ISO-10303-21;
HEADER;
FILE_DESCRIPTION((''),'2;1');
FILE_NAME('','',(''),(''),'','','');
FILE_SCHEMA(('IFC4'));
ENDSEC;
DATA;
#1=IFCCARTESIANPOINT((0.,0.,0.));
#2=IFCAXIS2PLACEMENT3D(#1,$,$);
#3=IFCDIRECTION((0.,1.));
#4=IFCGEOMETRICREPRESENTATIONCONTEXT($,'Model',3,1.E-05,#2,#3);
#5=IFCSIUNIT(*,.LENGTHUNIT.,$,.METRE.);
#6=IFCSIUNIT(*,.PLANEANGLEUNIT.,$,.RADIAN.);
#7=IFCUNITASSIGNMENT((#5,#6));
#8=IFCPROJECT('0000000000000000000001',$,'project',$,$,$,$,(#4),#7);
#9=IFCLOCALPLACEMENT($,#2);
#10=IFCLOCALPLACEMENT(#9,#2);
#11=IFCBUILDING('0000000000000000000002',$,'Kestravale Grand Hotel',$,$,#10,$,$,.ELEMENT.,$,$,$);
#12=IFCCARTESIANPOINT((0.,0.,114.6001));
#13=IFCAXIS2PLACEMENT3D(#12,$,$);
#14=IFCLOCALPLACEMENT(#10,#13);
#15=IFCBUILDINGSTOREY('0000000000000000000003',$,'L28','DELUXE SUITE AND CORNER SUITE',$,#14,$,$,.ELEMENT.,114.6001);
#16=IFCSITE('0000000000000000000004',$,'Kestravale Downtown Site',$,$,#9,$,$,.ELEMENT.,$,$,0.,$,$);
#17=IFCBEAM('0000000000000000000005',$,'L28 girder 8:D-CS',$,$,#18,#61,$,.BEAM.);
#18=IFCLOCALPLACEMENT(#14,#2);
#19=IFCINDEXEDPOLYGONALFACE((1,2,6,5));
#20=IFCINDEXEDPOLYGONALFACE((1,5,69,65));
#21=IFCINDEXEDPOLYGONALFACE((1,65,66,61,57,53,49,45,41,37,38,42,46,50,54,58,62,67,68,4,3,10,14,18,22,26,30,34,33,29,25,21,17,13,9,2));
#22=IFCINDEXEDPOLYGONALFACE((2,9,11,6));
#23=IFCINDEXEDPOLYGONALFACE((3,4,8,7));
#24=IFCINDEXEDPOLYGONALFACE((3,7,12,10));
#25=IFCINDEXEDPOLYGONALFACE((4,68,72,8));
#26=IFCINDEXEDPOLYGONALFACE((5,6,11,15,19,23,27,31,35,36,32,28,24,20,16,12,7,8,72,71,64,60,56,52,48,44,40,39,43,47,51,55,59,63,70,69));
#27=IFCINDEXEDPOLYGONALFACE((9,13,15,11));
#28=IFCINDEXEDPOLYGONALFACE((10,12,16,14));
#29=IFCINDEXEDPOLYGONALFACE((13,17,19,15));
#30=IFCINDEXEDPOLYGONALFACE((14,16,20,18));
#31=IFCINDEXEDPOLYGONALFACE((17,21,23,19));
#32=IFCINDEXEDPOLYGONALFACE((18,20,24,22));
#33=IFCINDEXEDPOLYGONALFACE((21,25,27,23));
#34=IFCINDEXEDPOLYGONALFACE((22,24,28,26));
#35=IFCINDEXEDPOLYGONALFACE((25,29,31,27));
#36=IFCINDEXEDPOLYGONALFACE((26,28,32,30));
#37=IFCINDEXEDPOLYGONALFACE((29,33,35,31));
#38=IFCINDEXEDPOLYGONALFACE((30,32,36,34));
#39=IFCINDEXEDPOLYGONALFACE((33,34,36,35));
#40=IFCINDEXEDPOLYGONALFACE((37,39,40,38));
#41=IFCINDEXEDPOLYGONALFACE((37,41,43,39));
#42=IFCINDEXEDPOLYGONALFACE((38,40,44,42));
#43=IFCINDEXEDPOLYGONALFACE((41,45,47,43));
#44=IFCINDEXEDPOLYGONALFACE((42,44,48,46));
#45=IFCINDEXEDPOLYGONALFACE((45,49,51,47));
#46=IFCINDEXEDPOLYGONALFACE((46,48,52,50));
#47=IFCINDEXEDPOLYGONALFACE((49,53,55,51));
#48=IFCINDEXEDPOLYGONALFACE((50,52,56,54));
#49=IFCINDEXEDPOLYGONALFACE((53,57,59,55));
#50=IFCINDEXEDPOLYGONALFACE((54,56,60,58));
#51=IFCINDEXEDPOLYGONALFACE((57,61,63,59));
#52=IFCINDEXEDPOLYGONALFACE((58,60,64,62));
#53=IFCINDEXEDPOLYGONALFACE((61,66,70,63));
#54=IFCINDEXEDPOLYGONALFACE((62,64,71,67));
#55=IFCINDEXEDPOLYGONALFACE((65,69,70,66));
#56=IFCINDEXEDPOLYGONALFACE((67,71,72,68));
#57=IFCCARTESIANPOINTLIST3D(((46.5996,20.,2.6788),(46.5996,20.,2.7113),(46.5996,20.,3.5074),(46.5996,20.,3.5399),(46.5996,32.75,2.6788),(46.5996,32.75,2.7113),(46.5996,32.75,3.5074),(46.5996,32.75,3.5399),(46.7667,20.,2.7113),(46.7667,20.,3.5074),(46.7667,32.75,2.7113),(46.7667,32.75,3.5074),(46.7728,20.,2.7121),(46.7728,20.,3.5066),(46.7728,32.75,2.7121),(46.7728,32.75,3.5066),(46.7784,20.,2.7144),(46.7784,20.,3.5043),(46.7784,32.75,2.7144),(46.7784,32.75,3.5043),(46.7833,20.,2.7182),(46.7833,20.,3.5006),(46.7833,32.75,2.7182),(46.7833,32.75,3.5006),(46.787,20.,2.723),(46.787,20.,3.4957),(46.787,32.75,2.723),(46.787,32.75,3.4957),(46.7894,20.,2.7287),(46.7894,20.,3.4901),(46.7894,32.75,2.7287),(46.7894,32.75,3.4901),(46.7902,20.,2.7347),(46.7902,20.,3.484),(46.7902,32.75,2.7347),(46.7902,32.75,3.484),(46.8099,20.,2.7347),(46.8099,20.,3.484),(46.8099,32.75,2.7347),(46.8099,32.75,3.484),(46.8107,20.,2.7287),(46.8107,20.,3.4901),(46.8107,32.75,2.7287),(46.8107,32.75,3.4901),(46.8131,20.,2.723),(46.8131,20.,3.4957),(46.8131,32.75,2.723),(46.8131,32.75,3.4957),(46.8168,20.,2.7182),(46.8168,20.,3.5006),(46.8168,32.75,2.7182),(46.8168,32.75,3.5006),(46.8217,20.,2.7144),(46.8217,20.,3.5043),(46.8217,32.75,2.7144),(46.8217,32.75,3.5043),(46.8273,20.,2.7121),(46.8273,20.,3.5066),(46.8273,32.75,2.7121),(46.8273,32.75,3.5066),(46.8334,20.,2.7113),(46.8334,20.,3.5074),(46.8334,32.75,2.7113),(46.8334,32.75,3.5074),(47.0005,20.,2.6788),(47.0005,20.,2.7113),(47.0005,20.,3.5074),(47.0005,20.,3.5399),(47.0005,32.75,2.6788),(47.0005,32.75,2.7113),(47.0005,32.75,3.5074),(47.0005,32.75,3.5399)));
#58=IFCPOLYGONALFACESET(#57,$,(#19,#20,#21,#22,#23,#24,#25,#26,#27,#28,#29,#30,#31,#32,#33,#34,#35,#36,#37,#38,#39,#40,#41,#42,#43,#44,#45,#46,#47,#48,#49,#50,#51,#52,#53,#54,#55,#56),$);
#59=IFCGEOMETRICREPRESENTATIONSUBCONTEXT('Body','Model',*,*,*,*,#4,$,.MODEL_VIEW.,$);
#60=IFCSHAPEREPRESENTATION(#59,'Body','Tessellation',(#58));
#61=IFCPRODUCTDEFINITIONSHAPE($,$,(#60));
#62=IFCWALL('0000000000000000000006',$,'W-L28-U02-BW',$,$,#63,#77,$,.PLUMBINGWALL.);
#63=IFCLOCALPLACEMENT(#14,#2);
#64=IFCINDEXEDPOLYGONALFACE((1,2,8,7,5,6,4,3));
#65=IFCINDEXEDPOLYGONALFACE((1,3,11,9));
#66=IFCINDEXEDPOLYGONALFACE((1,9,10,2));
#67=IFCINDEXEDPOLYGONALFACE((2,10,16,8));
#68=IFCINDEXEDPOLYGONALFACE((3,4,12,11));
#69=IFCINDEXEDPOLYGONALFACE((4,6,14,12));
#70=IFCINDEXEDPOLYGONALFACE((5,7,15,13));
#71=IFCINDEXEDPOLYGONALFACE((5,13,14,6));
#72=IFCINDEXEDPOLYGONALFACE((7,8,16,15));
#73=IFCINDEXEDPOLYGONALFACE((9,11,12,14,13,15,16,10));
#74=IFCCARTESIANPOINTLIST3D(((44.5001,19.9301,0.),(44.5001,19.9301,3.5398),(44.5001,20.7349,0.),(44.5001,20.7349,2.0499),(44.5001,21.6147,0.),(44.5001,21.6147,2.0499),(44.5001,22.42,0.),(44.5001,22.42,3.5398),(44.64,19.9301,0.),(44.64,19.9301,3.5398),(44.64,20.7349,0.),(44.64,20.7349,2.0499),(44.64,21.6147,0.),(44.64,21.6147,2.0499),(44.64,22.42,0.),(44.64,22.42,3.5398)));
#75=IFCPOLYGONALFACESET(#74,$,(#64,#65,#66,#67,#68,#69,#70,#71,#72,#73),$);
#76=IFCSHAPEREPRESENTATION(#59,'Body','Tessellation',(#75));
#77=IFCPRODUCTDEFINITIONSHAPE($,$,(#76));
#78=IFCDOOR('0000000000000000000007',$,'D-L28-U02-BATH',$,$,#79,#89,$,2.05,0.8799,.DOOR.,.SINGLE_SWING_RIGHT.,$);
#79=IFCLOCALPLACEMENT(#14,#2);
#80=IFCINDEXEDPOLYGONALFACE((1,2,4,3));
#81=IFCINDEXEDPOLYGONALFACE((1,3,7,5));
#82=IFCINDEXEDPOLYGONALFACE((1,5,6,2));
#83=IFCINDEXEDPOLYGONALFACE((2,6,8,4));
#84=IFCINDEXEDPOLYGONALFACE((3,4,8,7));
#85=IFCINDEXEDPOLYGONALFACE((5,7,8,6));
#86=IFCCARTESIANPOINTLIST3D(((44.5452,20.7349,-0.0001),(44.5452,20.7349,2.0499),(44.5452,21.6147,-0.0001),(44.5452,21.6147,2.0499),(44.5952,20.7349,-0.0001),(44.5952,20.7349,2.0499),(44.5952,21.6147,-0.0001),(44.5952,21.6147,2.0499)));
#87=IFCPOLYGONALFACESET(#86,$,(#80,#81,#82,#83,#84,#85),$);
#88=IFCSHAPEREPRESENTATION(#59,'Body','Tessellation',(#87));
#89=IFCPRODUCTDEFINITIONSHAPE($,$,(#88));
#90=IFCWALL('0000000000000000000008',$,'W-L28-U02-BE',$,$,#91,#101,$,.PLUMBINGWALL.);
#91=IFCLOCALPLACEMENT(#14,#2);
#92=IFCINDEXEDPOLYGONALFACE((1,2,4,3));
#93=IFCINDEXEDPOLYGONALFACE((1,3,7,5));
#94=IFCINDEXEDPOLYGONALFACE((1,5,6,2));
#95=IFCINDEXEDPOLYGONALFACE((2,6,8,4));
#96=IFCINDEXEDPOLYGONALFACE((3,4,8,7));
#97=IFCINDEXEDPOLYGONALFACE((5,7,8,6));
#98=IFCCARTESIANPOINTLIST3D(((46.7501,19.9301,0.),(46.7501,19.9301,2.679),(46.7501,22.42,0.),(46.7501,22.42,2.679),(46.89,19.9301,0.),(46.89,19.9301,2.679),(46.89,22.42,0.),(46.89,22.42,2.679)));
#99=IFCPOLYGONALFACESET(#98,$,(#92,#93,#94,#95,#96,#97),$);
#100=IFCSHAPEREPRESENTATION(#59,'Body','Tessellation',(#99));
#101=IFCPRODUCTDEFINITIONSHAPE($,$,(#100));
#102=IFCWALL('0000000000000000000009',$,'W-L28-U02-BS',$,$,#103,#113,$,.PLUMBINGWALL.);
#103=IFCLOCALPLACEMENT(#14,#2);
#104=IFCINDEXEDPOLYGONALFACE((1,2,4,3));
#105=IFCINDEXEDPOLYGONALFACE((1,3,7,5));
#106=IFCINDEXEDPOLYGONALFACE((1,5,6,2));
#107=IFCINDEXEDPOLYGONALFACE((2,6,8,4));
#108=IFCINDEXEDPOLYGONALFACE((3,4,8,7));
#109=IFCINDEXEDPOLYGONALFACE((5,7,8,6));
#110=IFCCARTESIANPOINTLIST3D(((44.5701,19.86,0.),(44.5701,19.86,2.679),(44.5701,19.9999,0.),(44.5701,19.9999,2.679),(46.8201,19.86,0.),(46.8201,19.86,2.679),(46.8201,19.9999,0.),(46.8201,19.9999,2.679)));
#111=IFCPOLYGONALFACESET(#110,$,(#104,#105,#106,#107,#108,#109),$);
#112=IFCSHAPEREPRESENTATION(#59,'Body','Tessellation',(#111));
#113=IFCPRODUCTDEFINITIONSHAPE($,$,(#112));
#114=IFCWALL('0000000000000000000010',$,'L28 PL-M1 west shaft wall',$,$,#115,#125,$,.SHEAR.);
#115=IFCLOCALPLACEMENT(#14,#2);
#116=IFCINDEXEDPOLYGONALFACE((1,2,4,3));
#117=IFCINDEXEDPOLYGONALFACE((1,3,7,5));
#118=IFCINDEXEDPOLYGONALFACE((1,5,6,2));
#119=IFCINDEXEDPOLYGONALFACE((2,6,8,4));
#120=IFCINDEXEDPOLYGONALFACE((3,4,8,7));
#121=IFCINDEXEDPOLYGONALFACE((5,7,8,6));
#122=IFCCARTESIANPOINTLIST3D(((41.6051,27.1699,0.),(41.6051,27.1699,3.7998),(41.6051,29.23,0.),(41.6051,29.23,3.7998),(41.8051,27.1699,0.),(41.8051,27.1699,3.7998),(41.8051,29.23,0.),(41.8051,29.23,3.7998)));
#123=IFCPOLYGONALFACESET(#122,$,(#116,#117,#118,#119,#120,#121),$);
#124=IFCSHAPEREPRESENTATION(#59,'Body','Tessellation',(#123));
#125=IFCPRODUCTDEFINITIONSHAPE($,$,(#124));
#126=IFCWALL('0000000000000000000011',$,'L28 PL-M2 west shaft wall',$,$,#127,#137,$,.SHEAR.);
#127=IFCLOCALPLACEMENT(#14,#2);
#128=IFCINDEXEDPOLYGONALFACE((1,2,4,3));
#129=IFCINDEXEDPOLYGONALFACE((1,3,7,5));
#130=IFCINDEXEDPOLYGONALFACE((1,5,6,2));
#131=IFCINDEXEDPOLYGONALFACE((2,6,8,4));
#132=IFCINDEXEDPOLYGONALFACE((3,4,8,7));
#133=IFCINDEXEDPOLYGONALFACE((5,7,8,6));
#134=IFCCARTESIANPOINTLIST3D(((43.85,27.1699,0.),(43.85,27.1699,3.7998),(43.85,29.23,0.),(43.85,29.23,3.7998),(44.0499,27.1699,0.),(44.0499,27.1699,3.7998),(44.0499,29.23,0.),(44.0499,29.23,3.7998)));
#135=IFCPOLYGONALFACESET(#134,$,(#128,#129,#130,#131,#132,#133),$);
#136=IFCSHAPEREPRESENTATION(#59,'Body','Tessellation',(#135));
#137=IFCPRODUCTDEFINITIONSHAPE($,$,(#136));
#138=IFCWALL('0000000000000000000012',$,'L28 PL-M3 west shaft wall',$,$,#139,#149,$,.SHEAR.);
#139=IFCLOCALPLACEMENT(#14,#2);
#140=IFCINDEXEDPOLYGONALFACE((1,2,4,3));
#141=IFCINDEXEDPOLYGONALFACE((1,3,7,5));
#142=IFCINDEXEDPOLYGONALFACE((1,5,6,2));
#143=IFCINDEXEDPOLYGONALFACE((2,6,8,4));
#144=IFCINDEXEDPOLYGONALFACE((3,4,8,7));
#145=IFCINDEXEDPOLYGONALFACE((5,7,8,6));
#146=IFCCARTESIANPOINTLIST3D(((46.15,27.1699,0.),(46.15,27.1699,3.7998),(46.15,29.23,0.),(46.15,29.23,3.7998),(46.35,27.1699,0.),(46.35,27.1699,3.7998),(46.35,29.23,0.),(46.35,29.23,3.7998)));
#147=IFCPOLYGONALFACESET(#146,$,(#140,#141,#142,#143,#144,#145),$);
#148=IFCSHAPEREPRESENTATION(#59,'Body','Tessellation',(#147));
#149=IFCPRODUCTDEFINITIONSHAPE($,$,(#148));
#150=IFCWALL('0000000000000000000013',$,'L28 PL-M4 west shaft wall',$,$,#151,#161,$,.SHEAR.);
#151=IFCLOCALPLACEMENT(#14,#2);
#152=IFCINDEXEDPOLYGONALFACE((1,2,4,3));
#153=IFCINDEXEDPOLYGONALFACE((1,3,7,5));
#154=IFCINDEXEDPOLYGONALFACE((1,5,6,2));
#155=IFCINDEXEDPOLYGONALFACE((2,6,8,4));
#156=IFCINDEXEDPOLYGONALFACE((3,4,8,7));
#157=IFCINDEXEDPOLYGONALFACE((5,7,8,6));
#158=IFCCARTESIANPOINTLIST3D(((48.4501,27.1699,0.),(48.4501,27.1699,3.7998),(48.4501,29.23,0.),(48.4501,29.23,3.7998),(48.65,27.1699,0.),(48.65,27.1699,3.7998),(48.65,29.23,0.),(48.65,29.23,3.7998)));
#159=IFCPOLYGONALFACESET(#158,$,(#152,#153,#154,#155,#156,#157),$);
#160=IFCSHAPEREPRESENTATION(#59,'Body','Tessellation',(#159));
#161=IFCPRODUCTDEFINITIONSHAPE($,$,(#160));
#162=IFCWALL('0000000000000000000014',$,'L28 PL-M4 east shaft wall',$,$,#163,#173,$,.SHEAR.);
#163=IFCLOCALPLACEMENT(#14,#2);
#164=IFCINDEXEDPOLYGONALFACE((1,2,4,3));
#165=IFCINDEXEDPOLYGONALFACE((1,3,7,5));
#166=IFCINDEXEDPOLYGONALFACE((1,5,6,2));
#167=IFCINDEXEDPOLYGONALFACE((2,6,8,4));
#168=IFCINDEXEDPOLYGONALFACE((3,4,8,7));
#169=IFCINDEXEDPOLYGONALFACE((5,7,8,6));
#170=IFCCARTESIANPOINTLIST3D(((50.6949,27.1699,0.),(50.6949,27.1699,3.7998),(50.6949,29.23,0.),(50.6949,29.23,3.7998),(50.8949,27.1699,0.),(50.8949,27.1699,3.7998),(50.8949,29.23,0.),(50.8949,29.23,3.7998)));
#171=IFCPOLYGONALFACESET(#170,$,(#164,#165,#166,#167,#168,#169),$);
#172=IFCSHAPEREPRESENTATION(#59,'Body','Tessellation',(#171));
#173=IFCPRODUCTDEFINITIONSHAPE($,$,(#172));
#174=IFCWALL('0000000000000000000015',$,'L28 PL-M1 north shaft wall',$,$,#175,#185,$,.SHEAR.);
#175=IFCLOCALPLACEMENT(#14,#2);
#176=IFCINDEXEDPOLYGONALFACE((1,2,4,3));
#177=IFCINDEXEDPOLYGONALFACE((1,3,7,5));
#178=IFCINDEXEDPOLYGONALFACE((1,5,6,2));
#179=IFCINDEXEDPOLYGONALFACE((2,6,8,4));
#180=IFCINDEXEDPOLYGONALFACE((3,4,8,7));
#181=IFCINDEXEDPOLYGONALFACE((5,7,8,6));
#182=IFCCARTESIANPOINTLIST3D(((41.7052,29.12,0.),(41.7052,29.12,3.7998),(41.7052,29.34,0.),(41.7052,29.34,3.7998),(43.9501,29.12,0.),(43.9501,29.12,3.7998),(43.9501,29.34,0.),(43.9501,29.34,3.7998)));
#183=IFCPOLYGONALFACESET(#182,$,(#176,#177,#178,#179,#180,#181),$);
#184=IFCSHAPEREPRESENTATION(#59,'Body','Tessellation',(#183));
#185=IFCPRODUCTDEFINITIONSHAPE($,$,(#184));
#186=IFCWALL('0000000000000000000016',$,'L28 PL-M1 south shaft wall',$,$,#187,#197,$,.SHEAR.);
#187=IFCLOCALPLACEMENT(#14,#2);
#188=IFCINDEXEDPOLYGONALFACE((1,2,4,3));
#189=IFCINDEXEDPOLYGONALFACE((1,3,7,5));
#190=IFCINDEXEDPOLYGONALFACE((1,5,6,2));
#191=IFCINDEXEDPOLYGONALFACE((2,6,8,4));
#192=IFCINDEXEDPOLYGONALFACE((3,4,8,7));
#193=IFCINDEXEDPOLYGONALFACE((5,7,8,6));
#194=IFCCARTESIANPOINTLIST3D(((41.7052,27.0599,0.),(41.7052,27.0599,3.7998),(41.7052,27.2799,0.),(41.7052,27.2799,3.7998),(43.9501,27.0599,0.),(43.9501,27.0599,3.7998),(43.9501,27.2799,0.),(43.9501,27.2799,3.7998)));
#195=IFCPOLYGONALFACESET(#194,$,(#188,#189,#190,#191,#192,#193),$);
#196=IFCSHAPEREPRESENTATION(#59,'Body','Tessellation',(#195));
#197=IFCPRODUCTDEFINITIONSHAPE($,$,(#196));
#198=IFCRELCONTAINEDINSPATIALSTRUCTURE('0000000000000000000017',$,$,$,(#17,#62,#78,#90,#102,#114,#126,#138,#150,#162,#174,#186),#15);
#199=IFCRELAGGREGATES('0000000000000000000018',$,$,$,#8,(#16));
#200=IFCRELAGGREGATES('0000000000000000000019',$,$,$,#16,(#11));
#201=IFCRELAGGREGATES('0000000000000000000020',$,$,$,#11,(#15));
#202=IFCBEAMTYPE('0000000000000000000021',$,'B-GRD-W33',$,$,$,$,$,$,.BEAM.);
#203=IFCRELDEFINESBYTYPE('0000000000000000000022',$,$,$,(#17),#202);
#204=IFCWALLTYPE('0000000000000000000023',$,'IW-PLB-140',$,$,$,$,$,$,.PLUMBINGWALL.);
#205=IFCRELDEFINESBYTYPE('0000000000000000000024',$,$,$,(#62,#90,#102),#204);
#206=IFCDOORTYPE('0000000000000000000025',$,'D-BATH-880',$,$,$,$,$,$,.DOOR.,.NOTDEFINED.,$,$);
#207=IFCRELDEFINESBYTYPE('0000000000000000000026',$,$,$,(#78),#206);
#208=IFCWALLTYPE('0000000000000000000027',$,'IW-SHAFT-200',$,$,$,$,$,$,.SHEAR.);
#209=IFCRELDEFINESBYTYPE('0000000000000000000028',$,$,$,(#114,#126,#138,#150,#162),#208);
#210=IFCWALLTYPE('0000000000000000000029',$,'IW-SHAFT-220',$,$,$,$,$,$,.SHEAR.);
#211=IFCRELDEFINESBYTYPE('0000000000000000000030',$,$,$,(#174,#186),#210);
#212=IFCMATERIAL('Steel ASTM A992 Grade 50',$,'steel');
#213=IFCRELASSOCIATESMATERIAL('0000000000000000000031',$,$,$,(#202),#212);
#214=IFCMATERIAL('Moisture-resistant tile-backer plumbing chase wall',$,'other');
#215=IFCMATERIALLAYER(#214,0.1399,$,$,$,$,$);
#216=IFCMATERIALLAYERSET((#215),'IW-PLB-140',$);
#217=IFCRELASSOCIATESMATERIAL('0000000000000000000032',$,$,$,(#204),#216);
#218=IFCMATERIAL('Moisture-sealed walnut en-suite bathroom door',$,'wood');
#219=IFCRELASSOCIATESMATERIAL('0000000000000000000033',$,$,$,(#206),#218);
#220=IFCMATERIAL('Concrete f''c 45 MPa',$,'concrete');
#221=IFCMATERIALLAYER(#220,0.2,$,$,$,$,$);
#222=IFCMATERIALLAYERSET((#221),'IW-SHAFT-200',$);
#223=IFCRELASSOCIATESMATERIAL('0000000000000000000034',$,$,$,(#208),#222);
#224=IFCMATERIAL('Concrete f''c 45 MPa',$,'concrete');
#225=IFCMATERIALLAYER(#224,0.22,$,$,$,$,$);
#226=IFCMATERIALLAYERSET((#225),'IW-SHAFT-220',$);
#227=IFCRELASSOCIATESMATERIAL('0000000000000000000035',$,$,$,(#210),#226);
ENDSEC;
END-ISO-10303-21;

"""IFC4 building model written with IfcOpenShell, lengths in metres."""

from ifc_helpers import new_model, si_unit, direction, frame, frame_2d, origin, origin_2d, place, context, subcontext, project, spatial, rectangle, i_section, extrude, material, layer, layer_set, material_profile, profile_set, type_object, element, fill, save


model = new_model("IFC4")

# Units and contexts
model_context = context("Model", 3, precision=1e-05, world=origin(), true_north=direction((0.0, 1.0)))
body_context = subcontext(model_context, "Body", "Model", "MODEL_VIEW")
ifc_project = project(units=[si_unit("LENGTHUNIT", "METRE"), si_unit("PLANEANGLEUNIT", "RADIAN")], contexts=[model_context])

# Site, building, storey
site_placement = place(None, origin())
site = spatial("IfcSite", under=ifc_project, at=site_placement, Name="Kestravale Downtown Site", CompositionType="ELEMENT", RefElevation=0.0)
building_placement = place(site_placement, origin())
building = spatial("IfcBuilding", under=site, at=building_placement, Name="Kestravale Grand Hotel", CompositionType="ELEMENT")
storey_placement = place(building_placement, frame((0.0, 0.0, 114.6001)))
storey = spatial("IfcBuildingStorey", under=building, at=storey_placement, Name="L28", Description="DELUXE SUITE AND CORNER SUITE", CompositionType="ELEMENT", Elevation=114.6001)

# Beam
ifc_material_1 = material(Name="Steel ASTM A992 Grade 50", Category="steel")
ifc_material_profile_1 = material_profile(ifc_material_1, i_section(OverallWidth=0.4009, OverallDepth=0.8611, WebThickness=0.0198, FlangeThickness=0.0325, FilletRadius=0.0234, at=origin_2d()))
ifc_profile_set_1 = profile_set([ifc_material_profile_1], Name="Steel ASTM A992 Grade 50")
beam_type = type_object("IfcBeamType", Name="B-GRD-W33", PredefinedType="BEAM", material=ifc_profile_set_1)
beam_1_placement = place(storey_placement, frame((46.8, 20.0, 3.1094), z_axis=(0.0, 1.0, 0.0), x_axis=(-1.0, 0.0, 0.0)))
element("IfcBeam", 1, at=beam_1_placement, inside=storey, type_object=beam_type, Name="L28 girder 8:D-CS", PredefinedType="BEAM", context=body_context, shape_type="SweptSolid", body=[
    extrude(i_section(OverallWidth=0.4009, OverallDepth=0.8611, WebThickness=0.0198, FlangeThickness=0.0325, FilletRadius=0.0234, at=origin_2d()), origin(), (0.0, 0.0, 1.0), 12.75),
])

# Wall, opening, door
ifc_material_2 = material(Name="Moisture-resistant tile-backer plumbing chase wall", Category="other")
ifc_layer_1 = layer(ifc_material_2, 0.1399)
ifc_layer_set_1 = layer_set([ifc_layer_1], Name="IW-PLB-140")
wall_type_1 = type_object("IfcWallType", Name="IW-PLB-140", PredefinedType="PLUMBINGWALL", material=ifc_layer_set_1)
wall_1_placement = place(storey_placement, frame((44.5701, 19.9299, 0.0), z_axis=(0.0, 0.0, 1.0), x_axis=(0.0, 1.0, 0.0)))
wall_1 = element("IfcWall", 2, at=wall_1_placement, inside=storey, type_object=wall_type_1, Name="W-L28-U02-BW", PredefinedType="PLUMBINGWALL", context=body_context, shape_type="SweptSolid", body=[
    extrude(rectangle(XDim=2.49, YDim=0.1399, at=frame_2d((1.2451, 0.0))), origin(), (0.0, 0.0, 1.0), 3.5398),
])
opening_placement = place(wall_1_placement, frame((0.8049, 0.0, 0.0)))
opening = element("IfcOpeningElement", 3, at=opening_placement, cuts=wall_1, PredefinedType="OPENING", context=body_context, shape_type="SweptSolid", body=[
    extrude(rectangle(XDim=0.8799, YDim=2.05, at=frame_2d((0.4399, 1.0249))), frame((0.0, 0.0798, 0.0), z_axis=(0.0, -1.0, 0.0), x_axis=(1.0, 0.0, 0.0)), (0.0, 0.0, 1.0), 0.1599),
])
ifc_material_3 = material(Name="Moisture-sealed walnut en-suite bathroom door", Category="wood")
door_type = type_object("IfcDoorType", Name="D-BATH-880", OperationType="NOTDEFINED", PredefinedType="DOOR", material=ifc_material_3)
door_placement = place(opening_placement, origin())
door = element("IfcDoor", 4, at=door_placement, inside=storey, type_object=door_type, Name="D-L28-U02-BATH", OperationType="SINGLE_SWING_RIGHT", OverallHeight=2.05, OverallWidth=0.8799, PredefinedType="DOOR", context=body_context, shape_type="SweptSolid", body=[
    extrude(rectangle(XDim=0.8799, YDim=2.05, at=frame_2d((0.4399, 1.0249))), frame((0.0, 0.0249, 0.0), z_axis=(0.0, -1.0, 0.0), x_axis=(1.0, 0.0, 0.0)), (0.0, 0.0, 1.0), 0.05),
])
fill(opening, door)

# Walls
wall_2_placement = place(storey_placement, frame((46.8201, 19.9299, 0.0), z_axis=(0.0, 0.0, 1.0), x_axis=(0.0, 1.0, 0.0)))
element("IfcWall", 5, at=wall_2_placement, inside=storey, type_object=wall_type_1, Name="W-L28-U02-BE", PredefinedType="PLUMBINGWALL", context=body_context, shape_type="SweptSolid", body=[
    extrude(rectangle(XDim=2.49, YDim=0.1399, at=frame_2d((1.2451, 0.0))), origin(), (0.0, 0.0, 1.0), 2.679),
])
wall_3_placement = place(storey_placement, frame((44.5701, 19.9299, 0.0), z_axis=(0.0, 0.0, 1.0), x_axis=(1.0, 0.0, 0.0)))
element("IfcWall", 6, at=wall_3_placement, inside=storey, type_object=wall_type_1, Name="W-L28-U02-BS", PredefinedType="PLUMBINGWALL", context=body_context, shape_type="SweptSolid", body=[
    extrude(rectangle(XDim=2.25, YDim=0.1399, at=frame_2d((1.125, 0.0))), origin(), (0.0, 0.0, 1.0), 2.679),
])
ifc_material_4 = material(Name="Concrete f'c 45 MPa", Category="concrete")
ifc_layer_2 = layer(ifc_material_4, 0.2)
ifc_layer_set_2 = layer_set([ifc_layer_2], Name="IW-SHAFT-200")
wall_type_2 = type_object("IfcWallType", Name="IW-SHAFT-200", PredefinedType="SHEAR", material=ifc_layer_set_2)
for number, where, z_axis, x_axis, name in (
    (7, (41.7051, 27.1699, 0.0), (0.0, 0.0, 1.0), (0.0, 1.0, 0.0), "L28 PL-M1 west shaft wall"),
    (8, (43.95, 27.1699, 0.0), (0.0, 0.0, 1.0), (0.0, 1.0, 0.0), "L28 PL-M2 west shaft wall"),
    (9, (46.25, 27.1699, 0.0), (0.0, 0.0, 1.0), (0.0, 1.0, 0.0), "L28 PL-M3 west shaft wall"),
    (10, (48.55, 27.1699, 0.0), (0.0, 0.0, 1.0), (0.0, 1.0, 0.0), "L28 PL-M4 west shaft wall"),
    (11, (50.7949, 27.1699, 0.0), (0.0, 0.0, 1.0), (0.0, 1.0, 0.0), "L28 PL-M4 east shaft wall"),
):
    element("IfcWall", number, at=place(storey_placement, frame(where, z_axis=z_axis, x_axis=x_axis)), inside=storey, type_object=wall_type_2, Name=name, PredefinedType="SHEAR", context=body_context, shape_type="SweptSolid", body=[
        extrude(rectangle(XDim=2.0601, YDim=0.2, at=frame_2d((1.03, 0.0))), origin(), (0.0, 0.0, 1.0), 3.7998),
    ])
ifc_material_5 = material(Name="Concrete f'c 45 MPa", Category="concrete")
ifc_layer_3 = layer(ifc_material_5, 0.22)
ifc_layer_set_3 = layer_set([ifc_layer_3], Name="IW-SHAFT-220")
wall_type_3 = type_object("IfcWallType", Name="IW-SHAFT-220", PredefinedType="SHEAR", material=ifc_layer_set_3)
for number, where, z_axis, x_axis, name in (
    (12, (41.7051, 29.23, 0.0), (0.0, 0.0, 1.0), (1.0, 0.0, 0.0), "L28 PL-M1 north shaft wall"),
    (13, (41.7051, 27.1699, 0.0), (0.0, 0.0, 1.0), (1.0, 0.0, 0.0), "L28 PL-M1 south shaft wall"),
):
    element("IfcWall", number, at=place(storey_placement, frame(where, z_axis=z_axis, x_axis=x_axis)), inside=storey, type_object=wall_type_3, Name=name, PredefinedType="SHEAR", context=body_context, shape_type="SweptSolid", body=[
        extrude(rectangle(XDim=2.2449, YDim=0.22, at=frame_2d((1.1226, 0.0))), origin(), (0.0, 0.0, 1.0), 3.7998),
    ])

save(model, "model.ifc")
